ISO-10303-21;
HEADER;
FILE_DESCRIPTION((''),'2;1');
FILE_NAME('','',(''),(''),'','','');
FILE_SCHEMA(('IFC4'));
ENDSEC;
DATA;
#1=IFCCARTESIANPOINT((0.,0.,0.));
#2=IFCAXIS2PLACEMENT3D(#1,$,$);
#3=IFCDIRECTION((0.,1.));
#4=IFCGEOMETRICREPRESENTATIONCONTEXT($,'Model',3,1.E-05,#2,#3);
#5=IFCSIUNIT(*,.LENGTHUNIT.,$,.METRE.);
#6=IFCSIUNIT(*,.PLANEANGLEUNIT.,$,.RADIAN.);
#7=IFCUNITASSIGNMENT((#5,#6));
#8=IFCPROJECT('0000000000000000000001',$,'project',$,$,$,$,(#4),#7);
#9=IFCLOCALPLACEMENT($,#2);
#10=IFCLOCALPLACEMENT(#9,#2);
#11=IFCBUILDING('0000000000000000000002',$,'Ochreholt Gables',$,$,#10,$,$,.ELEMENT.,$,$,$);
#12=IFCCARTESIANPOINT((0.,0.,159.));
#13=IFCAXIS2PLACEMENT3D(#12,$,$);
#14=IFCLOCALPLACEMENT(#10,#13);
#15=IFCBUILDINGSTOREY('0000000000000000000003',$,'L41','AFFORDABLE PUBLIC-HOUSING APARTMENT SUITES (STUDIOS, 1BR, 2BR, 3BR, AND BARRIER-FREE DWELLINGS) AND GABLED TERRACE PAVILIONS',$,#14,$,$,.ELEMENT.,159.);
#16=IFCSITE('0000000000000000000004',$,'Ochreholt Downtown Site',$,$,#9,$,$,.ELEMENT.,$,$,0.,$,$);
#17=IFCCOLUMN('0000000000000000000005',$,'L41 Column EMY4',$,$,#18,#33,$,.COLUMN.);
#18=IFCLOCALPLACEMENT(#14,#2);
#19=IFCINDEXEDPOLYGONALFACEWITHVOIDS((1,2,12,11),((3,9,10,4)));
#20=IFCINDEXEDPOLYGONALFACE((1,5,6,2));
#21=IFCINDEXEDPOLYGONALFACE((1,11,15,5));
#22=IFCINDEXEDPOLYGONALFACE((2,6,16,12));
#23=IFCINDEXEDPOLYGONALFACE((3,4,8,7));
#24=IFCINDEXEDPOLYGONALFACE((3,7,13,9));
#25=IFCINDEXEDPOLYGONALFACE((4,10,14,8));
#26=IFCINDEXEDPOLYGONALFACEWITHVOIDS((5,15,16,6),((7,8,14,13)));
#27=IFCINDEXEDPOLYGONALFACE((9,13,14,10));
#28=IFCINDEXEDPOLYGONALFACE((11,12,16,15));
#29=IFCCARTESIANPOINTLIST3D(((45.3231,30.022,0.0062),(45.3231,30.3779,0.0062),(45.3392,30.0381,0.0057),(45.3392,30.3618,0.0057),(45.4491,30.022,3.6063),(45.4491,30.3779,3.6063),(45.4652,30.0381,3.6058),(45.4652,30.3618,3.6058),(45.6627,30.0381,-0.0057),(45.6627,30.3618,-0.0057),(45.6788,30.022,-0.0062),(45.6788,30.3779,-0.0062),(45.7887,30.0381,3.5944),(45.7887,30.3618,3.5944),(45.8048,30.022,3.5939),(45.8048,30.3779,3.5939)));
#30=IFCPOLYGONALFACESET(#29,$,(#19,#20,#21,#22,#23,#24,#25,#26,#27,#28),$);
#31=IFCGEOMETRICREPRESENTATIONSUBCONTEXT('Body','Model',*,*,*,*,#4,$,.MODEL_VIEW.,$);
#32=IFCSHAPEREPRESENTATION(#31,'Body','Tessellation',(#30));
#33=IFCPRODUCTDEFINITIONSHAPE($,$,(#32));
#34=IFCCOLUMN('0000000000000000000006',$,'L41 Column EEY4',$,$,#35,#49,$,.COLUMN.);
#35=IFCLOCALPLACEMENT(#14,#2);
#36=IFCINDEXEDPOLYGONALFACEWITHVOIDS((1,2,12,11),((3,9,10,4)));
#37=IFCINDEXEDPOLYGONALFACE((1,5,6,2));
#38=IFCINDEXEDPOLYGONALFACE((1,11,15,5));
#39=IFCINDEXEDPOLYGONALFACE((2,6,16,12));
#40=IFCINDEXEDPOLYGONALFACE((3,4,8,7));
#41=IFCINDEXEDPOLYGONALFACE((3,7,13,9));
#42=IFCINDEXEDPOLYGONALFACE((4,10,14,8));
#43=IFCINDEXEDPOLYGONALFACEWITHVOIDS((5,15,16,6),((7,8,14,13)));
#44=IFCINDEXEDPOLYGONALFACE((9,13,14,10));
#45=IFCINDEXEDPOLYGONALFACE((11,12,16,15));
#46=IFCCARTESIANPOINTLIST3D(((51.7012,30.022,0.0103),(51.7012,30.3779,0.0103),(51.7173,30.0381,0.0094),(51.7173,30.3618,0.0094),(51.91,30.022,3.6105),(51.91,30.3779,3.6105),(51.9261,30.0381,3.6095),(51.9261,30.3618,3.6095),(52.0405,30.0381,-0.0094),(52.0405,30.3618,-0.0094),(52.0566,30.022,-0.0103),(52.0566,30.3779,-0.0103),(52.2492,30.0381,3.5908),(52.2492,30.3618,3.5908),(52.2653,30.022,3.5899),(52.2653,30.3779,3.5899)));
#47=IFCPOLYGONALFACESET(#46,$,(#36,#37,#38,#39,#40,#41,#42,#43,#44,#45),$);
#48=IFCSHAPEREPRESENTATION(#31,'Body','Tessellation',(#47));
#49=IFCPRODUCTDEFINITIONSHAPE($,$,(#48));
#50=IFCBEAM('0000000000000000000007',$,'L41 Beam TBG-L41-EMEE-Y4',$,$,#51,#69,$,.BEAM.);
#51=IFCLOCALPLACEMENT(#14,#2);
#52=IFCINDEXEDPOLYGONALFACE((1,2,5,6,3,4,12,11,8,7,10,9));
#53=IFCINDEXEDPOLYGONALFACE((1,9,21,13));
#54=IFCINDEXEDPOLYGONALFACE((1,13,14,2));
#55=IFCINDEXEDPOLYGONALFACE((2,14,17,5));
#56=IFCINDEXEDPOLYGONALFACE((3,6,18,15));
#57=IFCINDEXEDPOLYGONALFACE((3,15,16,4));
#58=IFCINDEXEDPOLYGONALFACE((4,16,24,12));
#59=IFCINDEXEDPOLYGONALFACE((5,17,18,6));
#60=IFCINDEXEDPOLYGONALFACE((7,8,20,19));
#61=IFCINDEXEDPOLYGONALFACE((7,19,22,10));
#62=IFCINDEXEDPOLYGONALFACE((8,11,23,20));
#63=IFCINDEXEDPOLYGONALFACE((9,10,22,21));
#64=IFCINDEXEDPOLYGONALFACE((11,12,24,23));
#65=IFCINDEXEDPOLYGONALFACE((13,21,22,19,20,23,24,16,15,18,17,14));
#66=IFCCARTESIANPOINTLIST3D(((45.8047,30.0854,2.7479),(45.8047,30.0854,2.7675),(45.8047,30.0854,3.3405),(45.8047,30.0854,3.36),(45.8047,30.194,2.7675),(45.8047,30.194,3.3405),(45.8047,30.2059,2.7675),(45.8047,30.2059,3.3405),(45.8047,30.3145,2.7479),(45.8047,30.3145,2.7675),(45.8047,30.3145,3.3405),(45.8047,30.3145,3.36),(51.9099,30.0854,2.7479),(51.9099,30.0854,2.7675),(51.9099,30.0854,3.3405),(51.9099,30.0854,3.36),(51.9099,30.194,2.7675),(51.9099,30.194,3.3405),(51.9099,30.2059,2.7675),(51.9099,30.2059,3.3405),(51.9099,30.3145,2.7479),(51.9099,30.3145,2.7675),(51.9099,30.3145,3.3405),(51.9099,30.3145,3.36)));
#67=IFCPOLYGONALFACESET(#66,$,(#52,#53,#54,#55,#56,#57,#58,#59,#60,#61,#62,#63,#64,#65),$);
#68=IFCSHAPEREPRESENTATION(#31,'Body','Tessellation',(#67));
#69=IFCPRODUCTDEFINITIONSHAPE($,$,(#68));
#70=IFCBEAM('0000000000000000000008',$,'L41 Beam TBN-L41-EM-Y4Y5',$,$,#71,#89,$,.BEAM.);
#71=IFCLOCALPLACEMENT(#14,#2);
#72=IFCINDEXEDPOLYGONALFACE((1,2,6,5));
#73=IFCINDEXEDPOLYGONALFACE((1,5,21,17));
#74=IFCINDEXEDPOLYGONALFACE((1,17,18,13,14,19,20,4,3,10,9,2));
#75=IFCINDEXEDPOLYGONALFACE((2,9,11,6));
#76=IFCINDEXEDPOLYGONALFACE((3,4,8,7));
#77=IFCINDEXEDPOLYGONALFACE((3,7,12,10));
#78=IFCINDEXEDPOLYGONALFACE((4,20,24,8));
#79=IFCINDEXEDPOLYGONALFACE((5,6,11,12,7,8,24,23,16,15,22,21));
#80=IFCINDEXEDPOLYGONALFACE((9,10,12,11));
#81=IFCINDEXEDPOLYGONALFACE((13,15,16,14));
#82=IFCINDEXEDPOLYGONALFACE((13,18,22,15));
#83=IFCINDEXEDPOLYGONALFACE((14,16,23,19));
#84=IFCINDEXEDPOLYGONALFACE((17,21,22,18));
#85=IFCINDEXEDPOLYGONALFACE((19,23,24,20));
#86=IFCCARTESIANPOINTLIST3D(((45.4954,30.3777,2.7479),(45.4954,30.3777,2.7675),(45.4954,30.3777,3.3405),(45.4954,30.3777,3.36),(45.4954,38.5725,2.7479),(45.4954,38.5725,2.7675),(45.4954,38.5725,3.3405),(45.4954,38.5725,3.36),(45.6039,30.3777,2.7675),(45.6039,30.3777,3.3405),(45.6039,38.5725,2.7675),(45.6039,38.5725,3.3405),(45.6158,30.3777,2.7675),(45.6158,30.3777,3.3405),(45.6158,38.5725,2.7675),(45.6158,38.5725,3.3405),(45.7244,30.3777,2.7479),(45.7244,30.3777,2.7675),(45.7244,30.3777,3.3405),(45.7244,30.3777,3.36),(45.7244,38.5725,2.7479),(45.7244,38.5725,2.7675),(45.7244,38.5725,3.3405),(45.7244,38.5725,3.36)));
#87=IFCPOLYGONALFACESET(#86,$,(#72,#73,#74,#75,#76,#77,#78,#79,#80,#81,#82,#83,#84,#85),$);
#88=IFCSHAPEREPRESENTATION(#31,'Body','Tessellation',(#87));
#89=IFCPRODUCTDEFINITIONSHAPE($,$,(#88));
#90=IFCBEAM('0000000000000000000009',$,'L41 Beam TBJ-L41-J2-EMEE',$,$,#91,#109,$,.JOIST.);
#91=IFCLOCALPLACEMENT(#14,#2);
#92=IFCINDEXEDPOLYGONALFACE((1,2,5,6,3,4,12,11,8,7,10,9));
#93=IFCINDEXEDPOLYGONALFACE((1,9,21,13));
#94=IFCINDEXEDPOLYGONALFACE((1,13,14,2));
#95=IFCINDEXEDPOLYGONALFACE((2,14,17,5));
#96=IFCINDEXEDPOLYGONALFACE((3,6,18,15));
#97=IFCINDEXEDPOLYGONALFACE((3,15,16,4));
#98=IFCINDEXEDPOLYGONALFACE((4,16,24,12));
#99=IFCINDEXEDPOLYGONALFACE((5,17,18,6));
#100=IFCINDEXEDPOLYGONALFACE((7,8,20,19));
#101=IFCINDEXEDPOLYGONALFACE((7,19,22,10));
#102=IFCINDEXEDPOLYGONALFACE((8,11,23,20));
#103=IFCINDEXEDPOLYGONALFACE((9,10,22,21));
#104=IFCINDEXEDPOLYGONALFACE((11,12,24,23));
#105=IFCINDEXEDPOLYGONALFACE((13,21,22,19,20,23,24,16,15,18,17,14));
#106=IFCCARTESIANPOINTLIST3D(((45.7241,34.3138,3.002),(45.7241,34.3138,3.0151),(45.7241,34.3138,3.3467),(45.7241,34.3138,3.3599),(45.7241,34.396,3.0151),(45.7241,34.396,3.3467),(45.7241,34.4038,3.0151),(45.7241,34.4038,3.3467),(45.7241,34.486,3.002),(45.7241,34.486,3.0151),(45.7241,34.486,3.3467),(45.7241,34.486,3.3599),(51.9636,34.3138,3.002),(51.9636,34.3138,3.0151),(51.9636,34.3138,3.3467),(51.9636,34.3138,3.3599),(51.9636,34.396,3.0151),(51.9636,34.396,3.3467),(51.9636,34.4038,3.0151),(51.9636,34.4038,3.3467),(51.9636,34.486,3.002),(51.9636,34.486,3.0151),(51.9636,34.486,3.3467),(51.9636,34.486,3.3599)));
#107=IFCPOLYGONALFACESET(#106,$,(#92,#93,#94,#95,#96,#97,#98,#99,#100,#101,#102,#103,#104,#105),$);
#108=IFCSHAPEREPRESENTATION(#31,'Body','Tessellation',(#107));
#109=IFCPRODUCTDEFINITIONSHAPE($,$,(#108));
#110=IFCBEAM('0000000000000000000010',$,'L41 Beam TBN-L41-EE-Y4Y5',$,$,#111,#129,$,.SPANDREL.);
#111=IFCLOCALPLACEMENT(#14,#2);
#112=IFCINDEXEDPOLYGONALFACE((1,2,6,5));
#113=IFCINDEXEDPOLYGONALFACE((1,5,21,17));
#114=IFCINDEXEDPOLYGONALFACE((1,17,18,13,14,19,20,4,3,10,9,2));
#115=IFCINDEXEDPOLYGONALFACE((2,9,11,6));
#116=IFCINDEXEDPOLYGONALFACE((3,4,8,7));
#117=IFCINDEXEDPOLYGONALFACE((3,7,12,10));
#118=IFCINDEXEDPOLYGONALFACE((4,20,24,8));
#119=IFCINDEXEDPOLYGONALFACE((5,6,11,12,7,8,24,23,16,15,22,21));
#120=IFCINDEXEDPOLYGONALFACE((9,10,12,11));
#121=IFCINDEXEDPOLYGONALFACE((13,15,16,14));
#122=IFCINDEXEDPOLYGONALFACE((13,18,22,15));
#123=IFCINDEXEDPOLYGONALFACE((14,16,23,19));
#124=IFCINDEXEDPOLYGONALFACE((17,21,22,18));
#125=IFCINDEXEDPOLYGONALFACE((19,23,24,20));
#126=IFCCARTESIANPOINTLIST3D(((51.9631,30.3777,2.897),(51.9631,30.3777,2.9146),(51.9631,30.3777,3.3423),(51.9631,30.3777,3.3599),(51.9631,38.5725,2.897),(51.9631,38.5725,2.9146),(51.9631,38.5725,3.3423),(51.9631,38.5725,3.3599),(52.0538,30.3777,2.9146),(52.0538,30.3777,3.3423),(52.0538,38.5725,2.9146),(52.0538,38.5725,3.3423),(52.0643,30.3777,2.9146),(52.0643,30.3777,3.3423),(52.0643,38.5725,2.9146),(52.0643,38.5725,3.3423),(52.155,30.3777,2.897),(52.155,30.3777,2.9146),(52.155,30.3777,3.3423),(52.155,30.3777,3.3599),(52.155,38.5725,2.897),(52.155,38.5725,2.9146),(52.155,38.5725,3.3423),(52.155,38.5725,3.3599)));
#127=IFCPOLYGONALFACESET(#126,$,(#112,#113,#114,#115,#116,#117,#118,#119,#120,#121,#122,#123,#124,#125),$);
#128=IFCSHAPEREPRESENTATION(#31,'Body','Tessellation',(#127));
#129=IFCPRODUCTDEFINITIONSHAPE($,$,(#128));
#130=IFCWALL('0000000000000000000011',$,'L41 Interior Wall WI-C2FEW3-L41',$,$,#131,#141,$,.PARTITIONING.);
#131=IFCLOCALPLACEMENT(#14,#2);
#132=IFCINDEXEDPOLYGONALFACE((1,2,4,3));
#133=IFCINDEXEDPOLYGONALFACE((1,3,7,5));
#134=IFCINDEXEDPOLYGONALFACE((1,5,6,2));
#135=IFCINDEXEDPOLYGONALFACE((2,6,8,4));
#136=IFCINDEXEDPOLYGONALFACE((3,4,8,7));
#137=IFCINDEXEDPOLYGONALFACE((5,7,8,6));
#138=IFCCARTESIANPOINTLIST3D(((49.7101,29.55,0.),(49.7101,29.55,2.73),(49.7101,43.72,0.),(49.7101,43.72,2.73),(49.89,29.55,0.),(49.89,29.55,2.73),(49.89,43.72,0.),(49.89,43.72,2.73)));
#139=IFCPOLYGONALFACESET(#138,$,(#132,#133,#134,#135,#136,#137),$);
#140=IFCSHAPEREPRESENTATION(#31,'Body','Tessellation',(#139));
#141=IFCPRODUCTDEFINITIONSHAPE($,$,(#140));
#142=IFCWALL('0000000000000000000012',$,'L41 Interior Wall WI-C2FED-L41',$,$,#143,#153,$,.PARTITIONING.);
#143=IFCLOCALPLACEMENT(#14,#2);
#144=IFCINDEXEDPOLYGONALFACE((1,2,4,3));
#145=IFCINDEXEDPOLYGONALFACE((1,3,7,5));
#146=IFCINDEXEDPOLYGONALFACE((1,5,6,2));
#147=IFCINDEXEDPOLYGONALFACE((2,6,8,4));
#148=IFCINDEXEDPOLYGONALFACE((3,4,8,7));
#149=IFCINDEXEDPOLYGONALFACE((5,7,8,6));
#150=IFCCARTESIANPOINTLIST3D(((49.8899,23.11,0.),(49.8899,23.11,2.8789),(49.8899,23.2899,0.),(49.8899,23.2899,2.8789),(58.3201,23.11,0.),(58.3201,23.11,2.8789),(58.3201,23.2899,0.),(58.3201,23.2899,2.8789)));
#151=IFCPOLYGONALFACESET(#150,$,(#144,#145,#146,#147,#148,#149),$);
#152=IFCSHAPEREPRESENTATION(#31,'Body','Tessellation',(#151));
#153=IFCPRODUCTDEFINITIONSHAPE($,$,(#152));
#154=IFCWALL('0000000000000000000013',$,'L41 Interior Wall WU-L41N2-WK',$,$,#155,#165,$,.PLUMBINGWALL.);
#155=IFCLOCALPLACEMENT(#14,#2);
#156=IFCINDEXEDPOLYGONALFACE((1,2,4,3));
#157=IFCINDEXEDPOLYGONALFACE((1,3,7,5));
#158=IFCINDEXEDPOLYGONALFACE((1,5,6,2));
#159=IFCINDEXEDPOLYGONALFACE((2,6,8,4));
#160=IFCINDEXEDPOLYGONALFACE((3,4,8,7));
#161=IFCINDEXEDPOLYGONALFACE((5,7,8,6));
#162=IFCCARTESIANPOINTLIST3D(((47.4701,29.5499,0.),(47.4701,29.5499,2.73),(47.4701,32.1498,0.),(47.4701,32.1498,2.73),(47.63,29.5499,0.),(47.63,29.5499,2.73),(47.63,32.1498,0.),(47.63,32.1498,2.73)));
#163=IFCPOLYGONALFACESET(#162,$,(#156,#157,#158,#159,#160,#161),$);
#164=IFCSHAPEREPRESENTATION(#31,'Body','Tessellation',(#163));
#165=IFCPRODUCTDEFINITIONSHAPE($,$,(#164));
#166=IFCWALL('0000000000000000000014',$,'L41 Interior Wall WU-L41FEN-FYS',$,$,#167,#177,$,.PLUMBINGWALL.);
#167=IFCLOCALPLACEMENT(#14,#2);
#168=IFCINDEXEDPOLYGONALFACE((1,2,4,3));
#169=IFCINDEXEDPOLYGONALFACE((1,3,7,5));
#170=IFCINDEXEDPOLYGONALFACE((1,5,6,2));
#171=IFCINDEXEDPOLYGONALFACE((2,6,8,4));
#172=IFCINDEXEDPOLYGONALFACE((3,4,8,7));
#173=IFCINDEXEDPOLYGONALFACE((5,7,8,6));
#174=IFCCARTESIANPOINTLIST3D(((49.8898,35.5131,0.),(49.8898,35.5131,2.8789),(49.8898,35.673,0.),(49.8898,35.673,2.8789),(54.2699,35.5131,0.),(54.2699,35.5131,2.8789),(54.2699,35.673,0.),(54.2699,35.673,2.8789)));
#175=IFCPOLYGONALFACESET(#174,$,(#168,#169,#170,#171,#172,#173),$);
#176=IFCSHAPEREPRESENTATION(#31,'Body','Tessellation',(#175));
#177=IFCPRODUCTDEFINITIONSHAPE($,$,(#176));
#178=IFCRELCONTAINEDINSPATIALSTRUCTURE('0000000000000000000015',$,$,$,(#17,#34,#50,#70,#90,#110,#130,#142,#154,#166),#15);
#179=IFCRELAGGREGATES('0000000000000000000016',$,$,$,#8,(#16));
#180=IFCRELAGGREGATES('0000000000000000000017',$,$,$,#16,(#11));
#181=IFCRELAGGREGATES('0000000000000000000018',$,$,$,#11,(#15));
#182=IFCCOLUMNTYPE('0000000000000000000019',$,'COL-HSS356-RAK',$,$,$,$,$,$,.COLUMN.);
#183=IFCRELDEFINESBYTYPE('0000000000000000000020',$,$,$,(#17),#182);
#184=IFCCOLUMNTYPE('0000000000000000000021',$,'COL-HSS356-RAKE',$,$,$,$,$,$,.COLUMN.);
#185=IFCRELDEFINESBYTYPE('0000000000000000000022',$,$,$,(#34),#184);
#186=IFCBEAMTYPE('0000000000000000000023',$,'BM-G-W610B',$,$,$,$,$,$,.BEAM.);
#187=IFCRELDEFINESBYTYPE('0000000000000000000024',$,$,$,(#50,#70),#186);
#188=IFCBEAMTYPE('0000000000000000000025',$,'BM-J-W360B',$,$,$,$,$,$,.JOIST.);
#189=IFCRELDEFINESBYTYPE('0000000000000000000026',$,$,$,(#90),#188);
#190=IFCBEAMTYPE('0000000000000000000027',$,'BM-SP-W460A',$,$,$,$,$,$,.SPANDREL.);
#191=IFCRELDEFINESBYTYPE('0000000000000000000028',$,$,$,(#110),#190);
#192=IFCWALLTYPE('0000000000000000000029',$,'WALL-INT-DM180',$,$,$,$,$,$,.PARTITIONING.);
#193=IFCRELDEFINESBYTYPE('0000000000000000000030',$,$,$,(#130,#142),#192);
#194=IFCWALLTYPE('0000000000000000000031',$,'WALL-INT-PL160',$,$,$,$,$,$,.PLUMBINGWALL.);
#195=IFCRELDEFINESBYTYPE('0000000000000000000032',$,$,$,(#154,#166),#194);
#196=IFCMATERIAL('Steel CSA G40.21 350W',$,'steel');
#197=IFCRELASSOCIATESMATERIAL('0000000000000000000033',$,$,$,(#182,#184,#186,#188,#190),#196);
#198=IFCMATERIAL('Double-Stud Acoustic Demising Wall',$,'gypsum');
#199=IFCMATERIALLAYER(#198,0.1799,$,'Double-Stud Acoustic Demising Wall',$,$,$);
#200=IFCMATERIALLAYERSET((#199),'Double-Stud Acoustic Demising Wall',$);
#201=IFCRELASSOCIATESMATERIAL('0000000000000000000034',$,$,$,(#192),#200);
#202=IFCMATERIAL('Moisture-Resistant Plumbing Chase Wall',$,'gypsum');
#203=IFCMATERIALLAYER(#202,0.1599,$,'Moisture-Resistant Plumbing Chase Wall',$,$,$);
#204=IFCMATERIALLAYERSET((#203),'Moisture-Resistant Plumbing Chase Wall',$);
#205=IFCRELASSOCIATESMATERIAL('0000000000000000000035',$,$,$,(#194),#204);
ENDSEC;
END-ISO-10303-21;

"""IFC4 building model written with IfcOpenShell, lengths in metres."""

from ifc_helpers import new_model, si_unit, direction, frame, frame_2d, origin, origin_2d, place, context, subcontext, project, spatial, rectangle, hollow_rectangle, i_section, extrude, material, layer, layer_set, material_profile, profile_set, type_object, element, save


model = new_model("IFC4")

# Units and contexts
model_context = context("Model", 3, precision=1e-05, world=origin(), true_north=direction((0.0, 1.0)))
body_context = subcontext(model_context, "Body", "Model", "MODEL_VIEW")
ifc_project = project(units=[si_unit("LENGTHUNIT", "METRE"), si_unit("PLANEANGLEUNIT", "RADIAN")], contexts=[model_context])

# Site, building, storey
site_placement = place(None, origin())
site = spatial("IfcSite", under=ifc_project, at=site_placement, Name="Ochreholt Downtown Site", CompositionType="ELEMENT", RefElevation=0.0)
building_placement = place(site_placement, origin())
building = spatial("IfcBuilding", under=site, at=building_placement, Name="Ochreholt Gables", CompositionType="ELEMENT")
storey_placement = place(building_placement, frame((0.0, 0.0, 159.0)))
storey = spatial("IfcBuildingStorey", under=building, at=storey_placement, Name="L41", Description="AFFORDABLE PUBLIC-HOUSING APARTMENT SUITES (STUDIOS, 1BR, 2BR, 3BR, AND BARRIER-FREE DWELLINGS) AND GABLED TERRACE PAVILIONS", CompositionType="ELEMENT", Elevation=159.0)

# Columns
ifc_material_1 = material(Name="Steel CSA G40.21 350W", Category="steel")
ifc_material_profile_1 = material_profile(ifc_material_1, hollow_rectangle(XDim=0.356, YDim=0.356, WallThickness=0.0161, at=origin_2d()), Name="HSS356X356X16")
ifc_profile_set_1 = profile_set([ifc_material_profile_1], Name="Steel CSA G40.21 350W")
column_type_1 = type_object("IfcColumnType", Name="COL-HSS356-RAK", PredefinedType="COLUMN", material=ifc_profile_set_1)
column_1_placement = place(storey_placement, frame((45.501, 30.2, 0.0), z_axis=(0.034971, 0.0, 0.999388), x_axis=(0.0, 1.0, 0.0)))
element("IfcColumn", 1, at=column_1_placement, inside=storey, type_object=column_type_1, Name="L41 Column EMY4", PredefinedType="COLUMN", context=body_context, shape_type="SweptSolid", body=[
    extrude(hollow_rectangle(XDim=0.356, YDim=0.356, WallThickness=0.0161, at=origin_2d()), origin(), (0.0, 0.0, 1.0), 3.6023),
])
ifc_material_profile_2 = material_profile(ifc_material_1, hollow_rectangle(XDim=0.356, YDim=0.356, WallThickness=0.0161, at=origin_2d()), Name="HSS356X356X16")
ifc_profile_set_2 = profile_set([ifc_material_profile_2], Name="Steel CSA G40.21 350W")
column_type_2 = type_object("IfcColumnType", Name="COL-HSS356-RAKE", PredefinedType="COLUMN", material=ifc_profile_set_2)
column_2_placement = place(storey_placement, frame((51.8789, 30.2, 0.0), z_axis=(0.057885, 0.0, 0.998323), x_axis=(0.0, 1.0, 0.0)))
element("IfcColumn", 2, at=column_2_placement, inside=storey, type_object=column_type_2, Name="L41 Column EEY4", PredefinedType="COLUMN", context=body_context, shape_type="SweptSolid", body=[
    extrude(hollow_rectangle(XDim=0.356, YDim=0.356, WallThickness=0.0161, at=origin_2d()), origin(), (0.0, 0.0, 1.0), 3.6062),
])

# Beams
ifc_material_profile_3 = material_profile(ifc_material_1, i_section(OverallWidth=0.229, OverallDepth=0.6121, WebThickness=0.012, FlangeThickness=0.0195, at=origin_2d()), Name="W610X125")
ifc_profile_set_3 = profile_set([ifc_material_profile_3], Name="Steel CSA G40.21 350W")
beam_type_1 = type_object("IfcBeamType", Name="BM-G-W610B", PredefinedType="BEAM", material=ifc_profile_set_3)
beam_1_placement = place(storey_placement, frame((45.8047, 30.2, 3.054), z_axis=(1.0, 0.0, 0.0), x_axis=(0.0, 1.0, 0.0)))
element("IfcBeam", 3, at=beam_1_placement, inside=storey, type_object=beam_type_1, Name="L41 Beam TBG-L41-EMEE-Y4", PredefinedType="BEAM", context=body_context, shape_type="SweptSolid", body=[
    extrude(i_section(OverallWidth=0.229, OverallDepth=0.6121, WebThickness=0.012, FlangeThickness=0.0195, at=origin_2d()), origin(), (0.0, 0.0, 1.0), 6.1052),
])
beam_2_placement = place(storey_placement, frame((45.6099, 30.3777, 3.054), z_axis=(0.0, 1.0, 0.0), x_axis=(-1.0, 0.0, 0.0)))
element("IfcBeam", 4, at=beam_2_placement, inside=storey, type_object=beam_type_1, Name="L41 Beam TBN-L41-EM-Y4Y5", PredefinedType="BEAM", context=body_context, shape_type="SweptSolid", body=[
    extrude(i_section(OverallWidth=0.229, OverallDepth=0.6121, WebThickness=0.012, FlangeThickness=0.0195, at=origin_2d()), origin(), (0.0, 0.0, 1.0), 8.1948),
])
ifc_material_profile_4 = material_profile(ifc_material_1, i_section(OverallWidth=0.1721, OverallDepth=0.3579, WebThickness=0.0078, FlangeThickness=0.0132, at=origin_2d()), Name="W360X57")
ifc_profile_set_4 = profile_set([ifc_material_profile_4], Name="Steel CSA G40.21 350W")
beam_type_2 = type_object("IfcBeamType", Name="BM-J-W360B", PredefinedType="JOIST", material=ifc_profile_set_4)
beam_3_placement = place(storey_placement, frame((45.7241, 34.3999, 3.1809), z_axis=(1.0, 0.0, 0.0), x_axis=(0.0, 1.0, 0.0)))
element("IfcBeam", 5, at=beam_3_placement, inside=storey, type_object=beam_type_2, Name="L41 Beam TBJ-L41-J2-EMEE", PredefinedType="JOIST", context=body_context, shape_type="SweptSolid", body=[
    extrude(i_section(OverallWidth=0.1721, OverallDepth=0.3579, WebThickness=0.0078, FlangeThickness=0.0132, at=origin_2d()), origin(), (0.0, 0.0, 1.0), 6.2395),
])
ifc_material_profile_5 = material_profile(ifc_material_1, i_section(OverallWidth=0.1919, OverallDepth=0.4629, WebThickness=0.0105, FlangeThickness=0.0176, at=origin_2d()), Name="W460X89")
ifc_profile_set_5 = profile_set([ifc_material_profile_5], Name="Steel CSA G40.21 350W")
beam_type_3 = type_object("IfcBeamType", Name="BM-SP-W460A", PredefinedType="SPANDREL", material=ifc_profile_set_5)
beam_4_placement = place(storey_placement, frame((52.0591, 30.3777, 3.1284), z_axis=(0.0, 1.0, 0.0), x_axis=(-1.0, 0.0, 0.0)))
element("IfcBeam", 6, at=beam_4_placement, inside=storey, type_object=beam_type_3, Name="L41 Beam TBN-L41-EE-Y4Y5", PredefinedType="SPANDREL", context=body_context, shape_type="SweptSolid", body=[
    extrude(i_section(OverallWidth=0.1919, OverallDepth=0.4629, WebThickness=0.0105, FlangeThickness=0.0176, at=origin_2d()), origin(), (0.0, 0.0, 1.0), 8.1948),
])

# Walls
ifc_material_2 = material(Name="Double-Stud Acoustic Demising Wall", Category="gypsum")
ifc_layer_1 = layer(ifc_material_2, 0.1799, Name="Double-Stud Acoustic Demising Wall")
ifc_layer_set_1 = layer_set([ifc_layer_1], Name="Double-Stud Acoustic Demising Wall")
wall_type_1 = type_object("IfcWallType", Name="WALL-INT-DM180", PredefinedType="PARTITIONING", material=ifc_layer_set_1)
wall_1_placement = place(storey_placement, frame((49.8, 29.55, 0.0), z_axis=(0.0, 0.0, 1.0), x_axis=(0.0, 1.0, 0.0)))
element("IfcWall", 7, at=wall_1_placement, inside=storey, type_object=wall_type_1, Name="L41 Interior Wall WI-C2FEW3-L41", PredefinedType="PARTITIONING", context=body_context, shape_type="SweptSolid", body=[
    extrude(rectangle(XDim=14.1699, YDim=0.1799, at=frame_2d((7.085, 0.0))), origin(), (0.0, 0.0, 1.0), 2.73),
])
wall_2_placement = place(storey_placement, frame((49.8899, 23.2, 0.0), z_axis=(0.0, 0.0, 1.0), x_axis=(1.0, 0.0, 0.0)))
element("IfcWall", 8, at=wall_2_placement, inside=storey, type_object=wall_type_1, Name="L41 Interior Wall WI-C2FED-L41", PredefinedType="PARTITIONING", context=body_context, shape_type="SweptSolid", body=[
    extrude(rectangle(XDim=8.4302, YDim=0.1799, at=frame_2d((4.2151, 0.0))), origin(), (0.0, 0.0, 1.0), 2.8789),
])
ifc_material_3 = material(Name="Moisture-Resistant Plumbing Chase Wall", Category="gypsum")
ifc_layer_2 = layer(ifc_material_3, 0.1599, Name="Moisture-Resistant Plumbing Chase Wall")
ifc_layer_set_2 = layer_set([ifc_layer_2], Name="Moisture-Resistant Plumbing Chase Wall")
wall_type_2 = type_object("IfcWallType", Name="WALL-INT-PL160", PredefinedType="PLUMBINGWALL", material=ifc_layer_set_2)
wall_3_placement = place(storey_placement, frame((47.55, 29.55, 0.0), z_axis=(0.0, 0.0, 1.0), x_axis=(0.0, 1.0, 0.0)))
element("IfcWall", 9, at=wall_3_placement, inside=storey, type_object=wall_type_2, Name="L41 Interior Wall WU-L41N2-WK", PredefinedType="PLUMBINGWALL", context=body_context, shape_type="SweptSolid", body=[
    extrude(rectangle(XDim=2.5999, YDim=0.1599, at=frame_2d((1.2998, 0.0))), origin(), (0.0, 0.0, 1.0), 2.73),
])

# Wall
wall_4_placement = place(storey_placement, frame((49.8899, 35.593, 0.0), z_axis=(0.0, 0.0, 1.0), x_axis=(1.0, 0.0, 0.0)))
element("IfcWall", 10, at=wall_4_placement, inside=storey, type_object=wall_type_2, Name="L41 Interior Wall WU-L41FEN-FYS", PredefinedType="PLUMBINGWALL", context=body_context, shape_type="SweptSolid", body=[
    extrude(rectangle(XDim=4.3801, YDim=0.1599, at=frame_2d((2.1899, 0.0))), origin(), (0.0, 0.0, 1.0), 2.8789),
])

save(model, "model.ifc")
